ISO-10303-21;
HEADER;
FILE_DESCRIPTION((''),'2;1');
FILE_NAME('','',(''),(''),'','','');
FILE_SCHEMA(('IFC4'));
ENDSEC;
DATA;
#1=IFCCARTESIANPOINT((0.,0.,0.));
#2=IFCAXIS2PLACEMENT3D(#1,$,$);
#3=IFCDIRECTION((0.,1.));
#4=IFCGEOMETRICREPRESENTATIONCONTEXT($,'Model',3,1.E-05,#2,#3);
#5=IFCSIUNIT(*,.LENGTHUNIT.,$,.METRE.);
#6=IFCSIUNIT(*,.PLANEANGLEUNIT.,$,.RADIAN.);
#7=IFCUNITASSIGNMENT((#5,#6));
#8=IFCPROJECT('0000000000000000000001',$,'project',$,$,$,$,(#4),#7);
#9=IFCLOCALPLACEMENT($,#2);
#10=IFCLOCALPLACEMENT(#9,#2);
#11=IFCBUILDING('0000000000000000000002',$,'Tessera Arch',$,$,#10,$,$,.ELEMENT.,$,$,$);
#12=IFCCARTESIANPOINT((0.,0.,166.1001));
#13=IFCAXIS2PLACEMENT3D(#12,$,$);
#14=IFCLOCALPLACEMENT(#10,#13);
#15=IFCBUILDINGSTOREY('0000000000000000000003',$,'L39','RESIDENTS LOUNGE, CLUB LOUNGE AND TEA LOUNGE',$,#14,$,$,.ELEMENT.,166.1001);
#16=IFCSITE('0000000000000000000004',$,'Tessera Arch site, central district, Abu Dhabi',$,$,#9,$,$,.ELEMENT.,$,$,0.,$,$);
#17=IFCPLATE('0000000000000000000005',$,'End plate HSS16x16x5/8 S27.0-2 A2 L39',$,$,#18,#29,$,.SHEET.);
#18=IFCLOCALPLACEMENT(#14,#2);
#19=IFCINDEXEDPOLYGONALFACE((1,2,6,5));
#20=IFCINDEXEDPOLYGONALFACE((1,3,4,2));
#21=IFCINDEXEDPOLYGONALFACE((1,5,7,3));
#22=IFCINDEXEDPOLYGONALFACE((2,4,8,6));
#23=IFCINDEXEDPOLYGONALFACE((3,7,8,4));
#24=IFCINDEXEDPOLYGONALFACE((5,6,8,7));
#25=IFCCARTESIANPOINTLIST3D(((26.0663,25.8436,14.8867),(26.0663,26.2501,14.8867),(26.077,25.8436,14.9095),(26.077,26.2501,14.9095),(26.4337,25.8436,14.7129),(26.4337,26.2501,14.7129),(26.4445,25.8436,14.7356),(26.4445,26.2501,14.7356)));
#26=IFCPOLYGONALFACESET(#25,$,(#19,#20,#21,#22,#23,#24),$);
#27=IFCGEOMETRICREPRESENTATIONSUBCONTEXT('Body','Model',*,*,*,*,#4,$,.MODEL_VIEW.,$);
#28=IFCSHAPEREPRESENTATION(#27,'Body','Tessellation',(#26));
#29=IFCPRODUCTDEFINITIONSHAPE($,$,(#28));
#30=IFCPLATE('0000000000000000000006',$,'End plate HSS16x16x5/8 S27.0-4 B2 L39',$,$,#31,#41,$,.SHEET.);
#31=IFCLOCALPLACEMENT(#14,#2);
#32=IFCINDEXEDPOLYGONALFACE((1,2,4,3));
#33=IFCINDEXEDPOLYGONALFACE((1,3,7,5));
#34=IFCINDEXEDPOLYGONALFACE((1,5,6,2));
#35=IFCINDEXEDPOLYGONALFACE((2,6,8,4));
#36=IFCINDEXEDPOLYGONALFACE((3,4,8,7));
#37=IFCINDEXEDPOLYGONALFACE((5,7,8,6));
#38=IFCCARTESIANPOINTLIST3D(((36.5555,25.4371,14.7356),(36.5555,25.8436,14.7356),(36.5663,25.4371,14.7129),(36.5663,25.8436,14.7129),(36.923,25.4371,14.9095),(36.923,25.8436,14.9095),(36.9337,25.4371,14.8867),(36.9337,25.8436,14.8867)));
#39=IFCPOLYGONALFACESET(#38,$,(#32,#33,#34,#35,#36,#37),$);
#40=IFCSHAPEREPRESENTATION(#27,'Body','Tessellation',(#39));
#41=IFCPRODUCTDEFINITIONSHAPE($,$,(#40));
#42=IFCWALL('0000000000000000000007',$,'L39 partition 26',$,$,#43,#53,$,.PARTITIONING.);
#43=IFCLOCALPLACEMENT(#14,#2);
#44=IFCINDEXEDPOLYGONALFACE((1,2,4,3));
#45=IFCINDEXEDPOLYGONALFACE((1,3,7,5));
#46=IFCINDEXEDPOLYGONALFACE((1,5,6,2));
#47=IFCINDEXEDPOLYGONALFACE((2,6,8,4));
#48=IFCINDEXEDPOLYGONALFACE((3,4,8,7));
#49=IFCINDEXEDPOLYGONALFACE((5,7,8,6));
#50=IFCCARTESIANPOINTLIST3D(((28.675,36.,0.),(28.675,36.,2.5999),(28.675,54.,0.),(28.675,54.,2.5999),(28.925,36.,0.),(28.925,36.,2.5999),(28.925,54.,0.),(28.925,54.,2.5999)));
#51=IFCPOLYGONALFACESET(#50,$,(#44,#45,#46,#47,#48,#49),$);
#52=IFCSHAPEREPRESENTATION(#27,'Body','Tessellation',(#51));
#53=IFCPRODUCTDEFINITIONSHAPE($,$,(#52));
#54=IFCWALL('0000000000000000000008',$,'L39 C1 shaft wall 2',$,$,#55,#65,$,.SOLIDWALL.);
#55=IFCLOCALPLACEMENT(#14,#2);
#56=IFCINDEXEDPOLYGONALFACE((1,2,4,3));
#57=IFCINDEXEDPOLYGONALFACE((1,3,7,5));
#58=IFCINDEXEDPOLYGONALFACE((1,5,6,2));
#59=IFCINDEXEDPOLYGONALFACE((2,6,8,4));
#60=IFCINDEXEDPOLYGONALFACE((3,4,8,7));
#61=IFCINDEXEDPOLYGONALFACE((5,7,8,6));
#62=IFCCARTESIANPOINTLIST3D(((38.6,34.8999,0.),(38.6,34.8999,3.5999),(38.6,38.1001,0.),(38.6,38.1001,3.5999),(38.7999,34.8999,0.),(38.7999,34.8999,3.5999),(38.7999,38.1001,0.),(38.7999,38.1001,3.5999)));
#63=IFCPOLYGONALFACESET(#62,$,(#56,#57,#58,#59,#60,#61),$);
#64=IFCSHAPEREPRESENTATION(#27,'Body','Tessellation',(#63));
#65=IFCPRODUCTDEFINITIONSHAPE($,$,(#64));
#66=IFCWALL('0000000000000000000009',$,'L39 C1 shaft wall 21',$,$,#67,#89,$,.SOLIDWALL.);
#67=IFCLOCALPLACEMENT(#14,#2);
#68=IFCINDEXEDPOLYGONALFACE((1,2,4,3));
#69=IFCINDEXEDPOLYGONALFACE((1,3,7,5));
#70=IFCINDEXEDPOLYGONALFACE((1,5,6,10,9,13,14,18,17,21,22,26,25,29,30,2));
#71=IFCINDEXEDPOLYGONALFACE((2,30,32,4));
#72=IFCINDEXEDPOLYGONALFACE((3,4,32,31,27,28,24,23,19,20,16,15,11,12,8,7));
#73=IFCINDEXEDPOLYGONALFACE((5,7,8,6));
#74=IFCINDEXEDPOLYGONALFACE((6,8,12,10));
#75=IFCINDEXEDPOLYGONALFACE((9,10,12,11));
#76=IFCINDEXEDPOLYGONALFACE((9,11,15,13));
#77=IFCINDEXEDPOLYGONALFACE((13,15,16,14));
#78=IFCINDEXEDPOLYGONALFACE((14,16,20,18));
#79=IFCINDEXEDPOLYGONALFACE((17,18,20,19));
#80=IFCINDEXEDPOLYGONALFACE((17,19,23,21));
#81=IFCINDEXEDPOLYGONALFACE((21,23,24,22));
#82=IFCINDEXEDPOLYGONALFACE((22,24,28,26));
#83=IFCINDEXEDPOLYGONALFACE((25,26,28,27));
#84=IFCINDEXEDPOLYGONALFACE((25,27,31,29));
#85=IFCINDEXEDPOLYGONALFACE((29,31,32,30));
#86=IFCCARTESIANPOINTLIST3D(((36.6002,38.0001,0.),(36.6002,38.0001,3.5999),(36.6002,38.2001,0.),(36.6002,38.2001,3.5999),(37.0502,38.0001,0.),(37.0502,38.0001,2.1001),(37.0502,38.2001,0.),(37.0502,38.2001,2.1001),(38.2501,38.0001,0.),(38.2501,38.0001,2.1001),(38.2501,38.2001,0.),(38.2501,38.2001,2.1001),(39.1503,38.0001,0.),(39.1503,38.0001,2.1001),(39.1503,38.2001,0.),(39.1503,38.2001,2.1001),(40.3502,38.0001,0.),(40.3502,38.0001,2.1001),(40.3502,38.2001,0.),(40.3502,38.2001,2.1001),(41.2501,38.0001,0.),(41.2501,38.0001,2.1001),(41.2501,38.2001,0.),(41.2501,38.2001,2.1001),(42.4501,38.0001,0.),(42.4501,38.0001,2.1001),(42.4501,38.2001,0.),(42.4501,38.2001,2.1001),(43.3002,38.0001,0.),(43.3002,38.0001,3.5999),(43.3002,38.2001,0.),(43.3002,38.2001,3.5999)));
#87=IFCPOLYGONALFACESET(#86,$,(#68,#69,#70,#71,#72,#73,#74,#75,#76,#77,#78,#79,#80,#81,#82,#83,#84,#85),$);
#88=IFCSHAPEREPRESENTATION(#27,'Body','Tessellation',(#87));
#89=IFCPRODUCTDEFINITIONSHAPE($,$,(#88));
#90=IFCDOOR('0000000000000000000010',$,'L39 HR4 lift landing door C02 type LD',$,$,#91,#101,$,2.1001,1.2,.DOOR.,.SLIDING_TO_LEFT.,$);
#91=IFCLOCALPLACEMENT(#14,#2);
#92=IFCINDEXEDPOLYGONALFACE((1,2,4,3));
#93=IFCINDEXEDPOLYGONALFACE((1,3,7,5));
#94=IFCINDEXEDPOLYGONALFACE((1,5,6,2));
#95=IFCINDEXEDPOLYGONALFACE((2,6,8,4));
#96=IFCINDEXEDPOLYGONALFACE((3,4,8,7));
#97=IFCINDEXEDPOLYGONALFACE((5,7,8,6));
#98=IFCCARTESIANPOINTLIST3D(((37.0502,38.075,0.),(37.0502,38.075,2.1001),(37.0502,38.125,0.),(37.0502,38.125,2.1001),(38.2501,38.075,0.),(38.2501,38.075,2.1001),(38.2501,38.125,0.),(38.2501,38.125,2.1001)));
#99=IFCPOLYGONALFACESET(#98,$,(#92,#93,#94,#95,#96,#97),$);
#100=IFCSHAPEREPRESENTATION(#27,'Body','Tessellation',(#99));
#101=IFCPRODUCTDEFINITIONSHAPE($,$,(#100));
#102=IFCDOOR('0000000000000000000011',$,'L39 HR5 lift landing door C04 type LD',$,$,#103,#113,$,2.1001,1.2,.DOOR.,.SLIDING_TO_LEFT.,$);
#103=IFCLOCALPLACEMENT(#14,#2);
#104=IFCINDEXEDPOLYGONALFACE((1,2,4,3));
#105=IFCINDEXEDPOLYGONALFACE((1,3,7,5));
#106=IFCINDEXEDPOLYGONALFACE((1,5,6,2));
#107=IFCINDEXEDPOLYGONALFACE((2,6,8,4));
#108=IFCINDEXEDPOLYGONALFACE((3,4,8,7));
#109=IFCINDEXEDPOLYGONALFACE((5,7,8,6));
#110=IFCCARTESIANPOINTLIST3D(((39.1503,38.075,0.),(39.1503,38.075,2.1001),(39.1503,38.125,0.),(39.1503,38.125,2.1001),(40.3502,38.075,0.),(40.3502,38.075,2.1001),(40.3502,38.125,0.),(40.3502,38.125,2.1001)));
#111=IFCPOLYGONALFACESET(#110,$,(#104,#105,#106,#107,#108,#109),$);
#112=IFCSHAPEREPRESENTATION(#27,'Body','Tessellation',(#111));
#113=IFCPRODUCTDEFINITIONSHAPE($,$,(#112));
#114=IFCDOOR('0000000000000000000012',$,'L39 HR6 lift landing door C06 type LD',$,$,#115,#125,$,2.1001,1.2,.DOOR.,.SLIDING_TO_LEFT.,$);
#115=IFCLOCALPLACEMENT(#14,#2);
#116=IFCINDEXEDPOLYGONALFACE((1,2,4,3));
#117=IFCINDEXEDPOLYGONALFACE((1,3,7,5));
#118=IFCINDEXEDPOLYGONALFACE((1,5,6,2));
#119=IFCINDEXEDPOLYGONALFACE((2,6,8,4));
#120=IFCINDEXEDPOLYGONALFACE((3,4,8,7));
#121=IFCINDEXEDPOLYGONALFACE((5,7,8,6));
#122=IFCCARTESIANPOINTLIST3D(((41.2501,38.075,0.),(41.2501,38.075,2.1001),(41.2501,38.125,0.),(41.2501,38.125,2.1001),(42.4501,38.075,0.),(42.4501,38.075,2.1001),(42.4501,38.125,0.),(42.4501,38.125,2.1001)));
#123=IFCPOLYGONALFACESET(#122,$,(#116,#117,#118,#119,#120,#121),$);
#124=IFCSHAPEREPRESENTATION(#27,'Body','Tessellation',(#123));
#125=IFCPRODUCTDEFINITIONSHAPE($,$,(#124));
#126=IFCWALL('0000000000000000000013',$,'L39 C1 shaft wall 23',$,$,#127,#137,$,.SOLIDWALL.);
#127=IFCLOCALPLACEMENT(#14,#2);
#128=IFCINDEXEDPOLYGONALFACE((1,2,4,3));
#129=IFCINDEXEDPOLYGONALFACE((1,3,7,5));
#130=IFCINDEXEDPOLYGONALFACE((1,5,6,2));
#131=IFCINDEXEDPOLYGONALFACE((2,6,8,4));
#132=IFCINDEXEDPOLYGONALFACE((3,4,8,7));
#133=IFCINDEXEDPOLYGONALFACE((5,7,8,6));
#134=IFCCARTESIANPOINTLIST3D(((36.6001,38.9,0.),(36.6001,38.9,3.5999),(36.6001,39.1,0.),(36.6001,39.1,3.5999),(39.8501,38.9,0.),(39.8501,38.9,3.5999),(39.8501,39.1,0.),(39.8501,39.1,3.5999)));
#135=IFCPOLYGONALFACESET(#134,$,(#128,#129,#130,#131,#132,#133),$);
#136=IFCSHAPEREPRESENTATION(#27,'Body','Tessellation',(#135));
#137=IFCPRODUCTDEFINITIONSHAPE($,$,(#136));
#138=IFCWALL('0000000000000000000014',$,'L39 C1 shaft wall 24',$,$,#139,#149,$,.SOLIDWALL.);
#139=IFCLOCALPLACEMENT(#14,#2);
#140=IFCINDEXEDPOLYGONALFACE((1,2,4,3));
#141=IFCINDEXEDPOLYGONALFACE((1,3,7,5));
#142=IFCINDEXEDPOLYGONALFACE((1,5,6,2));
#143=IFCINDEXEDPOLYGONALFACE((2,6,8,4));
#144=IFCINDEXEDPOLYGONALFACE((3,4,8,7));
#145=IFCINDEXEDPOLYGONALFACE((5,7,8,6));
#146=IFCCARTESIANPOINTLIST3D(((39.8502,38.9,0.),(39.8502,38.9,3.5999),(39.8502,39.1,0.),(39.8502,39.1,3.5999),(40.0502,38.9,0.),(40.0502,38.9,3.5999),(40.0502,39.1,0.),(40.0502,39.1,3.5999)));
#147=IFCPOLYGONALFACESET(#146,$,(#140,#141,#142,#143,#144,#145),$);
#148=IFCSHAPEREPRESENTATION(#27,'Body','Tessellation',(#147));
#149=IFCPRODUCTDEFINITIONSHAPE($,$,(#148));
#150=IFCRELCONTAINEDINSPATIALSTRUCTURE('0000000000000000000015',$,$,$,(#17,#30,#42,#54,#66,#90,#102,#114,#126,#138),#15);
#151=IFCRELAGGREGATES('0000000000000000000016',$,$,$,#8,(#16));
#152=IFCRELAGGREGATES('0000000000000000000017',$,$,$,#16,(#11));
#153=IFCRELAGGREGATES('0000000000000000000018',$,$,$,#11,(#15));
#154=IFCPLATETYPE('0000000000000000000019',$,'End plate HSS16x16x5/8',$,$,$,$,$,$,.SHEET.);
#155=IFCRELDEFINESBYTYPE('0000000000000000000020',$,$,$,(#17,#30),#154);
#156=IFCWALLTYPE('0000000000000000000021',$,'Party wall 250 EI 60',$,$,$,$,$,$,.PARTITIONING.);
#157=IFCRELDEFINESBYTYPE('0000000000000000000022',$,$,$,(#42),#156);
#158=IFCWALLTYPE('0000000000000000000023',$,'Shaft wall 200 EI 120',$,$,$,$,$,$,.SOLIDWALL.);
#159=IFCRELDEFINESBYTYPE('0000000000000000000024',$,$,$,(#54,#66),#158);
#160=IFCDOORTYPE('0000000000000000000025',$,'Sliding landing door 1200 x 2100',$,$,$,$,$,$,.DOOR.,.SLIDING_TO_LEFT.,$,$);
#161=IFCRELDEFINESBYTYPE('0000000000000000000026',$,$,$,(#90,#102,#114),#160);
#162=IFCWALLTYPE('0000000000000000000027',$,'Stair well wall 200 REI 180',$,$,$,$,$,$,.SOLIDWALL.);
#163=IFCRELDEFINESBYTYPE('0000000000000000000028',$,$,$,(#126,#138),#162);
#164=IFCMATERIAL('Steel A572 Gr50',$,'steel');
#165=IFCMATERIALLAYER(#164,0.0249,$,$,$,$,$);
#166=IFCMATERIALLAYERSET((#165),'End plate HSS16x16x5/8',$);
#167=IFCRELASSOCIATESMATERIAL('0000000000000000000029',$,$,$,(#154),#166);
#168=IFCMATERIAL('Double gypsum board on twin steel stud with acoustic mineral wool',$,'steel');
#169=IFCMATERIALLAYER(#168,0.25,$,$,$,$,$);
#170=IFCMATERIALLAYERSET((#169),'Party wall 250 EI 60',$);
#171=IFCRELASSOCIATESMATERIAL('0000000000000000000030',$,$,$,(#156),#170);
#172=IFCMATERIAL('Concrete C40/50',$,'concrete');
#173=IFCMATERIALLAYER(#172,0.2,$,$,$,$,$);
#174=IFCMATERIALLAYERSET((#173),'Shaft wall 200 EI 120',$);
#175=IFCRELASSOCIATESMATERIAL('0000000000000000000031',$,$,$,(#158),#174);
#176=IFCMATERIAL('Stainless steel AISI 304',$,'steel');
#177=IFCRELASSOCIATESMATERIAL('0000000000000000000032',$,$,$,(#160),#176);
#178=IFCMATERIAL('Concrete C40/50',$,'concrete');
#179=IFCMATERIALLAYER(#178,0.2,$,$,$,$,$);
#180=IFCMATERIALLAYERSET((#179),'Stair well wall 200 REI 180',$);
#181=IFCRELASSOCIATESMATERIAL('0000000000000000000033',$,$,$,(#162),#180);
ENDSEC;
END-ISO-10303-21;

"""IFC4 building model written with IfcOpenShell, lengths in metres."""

from ifc_helpers import new_model, si_unit, direction, frame, frame_2d, origin, origin_2d, place, context, subcontext, project, spatial, rectangle, extrude, material, layer, layer_set, type_object, element, fill, save


model = new_model("IFC4")

# Units and contexts
model_context = context("Model", 3, precision=1e-05, world=origin(), true_north=direction((0.0, 1.0)))
body_context = subcontext(model_context, "Body", "Model", "MODEL_VIEW")
ifc_project = project(units=[si_unit("LENGTHUNIT", "METRE"), si_unit("PLANEANGLEUNIT", "RADIAN")], contexts=[model_context])

# Site, building, storey
site_placement = place(None, origin())
site = spatial("IfcSite", under=ifc_project, at=site_placement, Name="Tessera Arch site, central district, Abu Dhabi", CompositionType="ELEMENT", RefElevation=0.0)
building_placement = place(site_placement, origin())
building = spatial("IfcBuilding", under=site, at=building_placement, Name="Tessera Arch", CompositionType="ELEMENT")
storey_placement = place(building_placement, frame((0.0, 0.0, 166.1001)))
storey = spatial("IfcBuildingStorey", under=building, at=storey_placement, Name="L39", Description="RESIDENTS LOUNGE, CLUB LOUNGE AND TEA LOUNGE", CompositionType="ELEMENT", Elevation=166.1001)

# Plates
ifc_material_1 = material(Name="Steel A572 Gr50", Category="steel")
ifc_layer_1 = layer(ifc_material_1, 0.0249)
ifc_layer_set_1 = layer_set([ifc_layer_1], Name="End plate HSS16x16x5/8")
plate_type_1 = type_object("IfcPlateType", Name="End plate HSS16x16x5/8", PredefinedType="SHEET", material=ifc_layer_set_1)
for number, where, z_axis, x_axis, name in (
    (1, (26.25, 26.0469, 14.7998), (0.427668, 0.0, 0.903936), (0.0, 1.0, 0.0), "End plate HSS16x16x5/8 S27.0-2 A2 L39"),
    (2, (36.75, 25.6404, 14.7998), (-0.427668, 0.0, 0.903936), (0.0, -1.0, 0.0), "End plate HSS16x16x5/8 S27.0-4 B2 L39"),
):
    element("IfcPlate", number, at=place(storey_placement, frame(where, z_axis=z_axis, x_axis=x_axis)), inside=storey, type_object=plate_type_1, Name=name, PredefinedType="SHEET", context=body_context, shape_type="SweptSolid", body=[
        extrude(rectangle(XDim=0.4065, YDim=0.4065, at=origin_2d()), origin(), (0.0, 0.0, 1.0), 0.0251),
    ])

# Walls
ifc_material_2 = material(Name="Double gypsum board on twin steel stud with acoustic mineral wool", Category="steel")
ifc_layer_2 = layer(ifc_material_2, 0.25)
ifc_layer_set_2 = layer_set([ifc_layer_2], Name="Party wall 250 EI 60")
wall_type_1 = type_object("IfcWallType", Name="Party wall 250 EI 60", PredefinedType="PARTITIONING", material=ifc_layer_set_2)
wall_1_placement = place(storey_placement, frame((28.8, 36.0, 0.0), z_axis=(0.0, 0.0, 1.0), x_axis=(0.0, 1.0, 0.0)))
element("IfcWall", 3, at=wall_1_placement, inside=storey, type_object=wall_type_1, Name="L39 partition 26", PredefinedType="PARTITIONING", context=body_context, shape_type="SweptSolid", body=[
    extrude(rectangle(XDim=18.0, YDim=0.25, at=frame_2d((9.0, 0.0))), origin(), (0.0, 0.0, 1.0), 2.5999),
])
ifc_material_3 = material(Name="Concrete C40/50", Category="concrete")
ifc_layer_3 = layer(ifc_material_3, 0.2)
ifc_layer_set_3 = layer_set([ifc_layer_3], Name="Shaft wall 200 EI 120")
wall_type_2 = type_object("IfcWallType", Name="Shaft wall 200 EI 120", PredefinedType="SOLIDWALL", material=ifc_layer_set_3)
wall_2_placement = place(storey_placement, frame((38.7, 34.8999, 0.0), z_axis=(0.0, 0.0, 1.0), x_axis=(0.0, 1.0, 0.0)))
element("IfcWall", 4, at=wall_2_placement, inside=storey, type_object=wall_type_2, Name="L39 C1 shaft wall 2", PredefinedType="SOLIDWALL", context=body_context, shape_type="SweptSolid", body=[
    extrude(rectangle(XDim=3.2002, YDim=0.2, at=frame_2d((1.6001, 0.0))), origin(), (0.0, 0.0, 1.0), 3.5999),
])

# Wall, openings, doors
wall_3_placement = place(storey_placement, frame((36.6001, 38.1001, 0.0), z_axis=(0.0, 0.0, 1.0), x_axis=(1.0, 0.0, 0.0)))
wall_3 = element("IfcWall", 5, at=wall_3_placement, inside=storey, type_object=wall_type_2, Name="L39 C1 shaft wall 21", PredefinedType="SOLIDWALL", context=body_context, shape_type="SweptSolid", body=[
    extrude(rectangle(XDim=6.7, YDim=0.2, at=frame_2d((3.3501, 0.0))), origin(), (0.0, 0.0, 1.0), 3.5999),
])
opening_1_placement = place(wall_3_placement, frame((0.45, 0.0, 0.0)))
opening_1 = element("IfcOpeningElement", 6, at=opening_1_placement, cuts=wall_3, PredefinedType="OPENING", context=body_context, shape_type="SweptSolid", body=[
    extrude(rectangle(XDim=1.2, YDim=2.1001, at=frame_2d((0.6001, 1.05))), frame((0.0, 0.1099, 0.0), z_axis=(0.0, -1.0, 0.0), x_axis=(1.0, 0.0, 0.0)), (0.0, 0.0, 1.0), 0.22),
])
opening_2_placement = place(wall_3_placement, frame((2.55, 0.0, 0.0)))
opening_2 = element("IfcOpeningElement", 7, at=opening_2_placement, cuts=wall_3, PredefinedType="OPENING", context=body_context, shape_type="SweptSolid", body=[
    extrude(rectangle(XDim=1.2, YDim=2.1001, at=frame_2d((0.6001, 1.05))), frame((0.0, 0.1099, 0.0), z_axis=(0.0, -1.0, 0.0), x_axis=(1.0, 0.0, 0.0)), (0.0, 0.0, 1.0), 0.22),
])
opening_3_placement = place(wall_3_placement, frame((4.6499, 0.0, 0.0)))
opening_3 = element("IfcOpeningElement", 8, at=opening_3_placement, cuts=wall_3, PredefinedType="OPENING", context=body_context, shape_type="SweptSolid", body=[
    extrude(rectangle(XDim=1.2, YDim=2.1001, at=frame_2d((0.6001, 1.05))), frame((0.0, 0.1099, 0.0), z_axis=(0.0, -1.0, 0.0), x_axis=(1.0, 0.0, 0.0)), (0.0, 0.0, 1.0), 0.22),
])
ifc_material_4 = material(Name="Stainless steel AISI 304", Category="steel")
door_type = type_object("IfcDoorType", Name="Sliding landing door 1200 x 2100", OperationType="SLIDING_TO_LEFT", PredefinedType="DOOR", material=ifc_material_4)
door_1_placement = place(opening_1_placement, origin())
door_1 = element("IfcDoor", 9, at=door_1_placement, inside=storey, type_object=door_type, Name="L39 HR4 lift landing door C02 type LD", OperationType="SLIDING_TO_LEFT", OverallHeight=2.1001, OverallWidth=1.2, PredefinedType="DOOR", context=body_context, shape_type="SweptSolid", body=[
    extrude(rectangle(XDim=1.2, YDim=2.1001, at=frame_2d((0.6001, 1.05))), frame((0.0, 0.0249, 0.0), z_axis=(0.0, -1.0, 0.0), x_axis=(1.0, 0.0, 0.0)), (0.0, 0.0, 1.0), 0.05),
])
fill(opening_1, door_1)
door_2_placement = place(opening_2_placement, origin())
door_2 = element("IfcDoor", 10, at=door_2_placement, inside=storey, type_object=door_type, Name="L39 HR5 lift landing door C04 type LD", OperationType="SLIDING_TO_LEFT", OverallHeight=2.1001, OverallWidth=1.2, PredefinedType="DOOR", context=body_context, shape_type="SweptSolid", body=[
    extrude(rectangle(XDim=1.2, YDim=2.1001, at=frame_2d((0.6001, 1.05))), frame((0.0, 0.0249, 0.0), z_axis=(0.0, -1.0, 0.0), x_axis=(1.0, 0.0, 0.0)), (0.0, 0.0, 1.0), 0.05),
])
fill(opening_2, door_2)
door_3_placement = place(opening_3_placement, origin())
door_3 = element("IfcDoor", 11, at=door_3_placement, inside=storey, type_object=door_type, Name="L39 HR6 lift landing door C06 type LD", OperationType="SLIDING_TO_LEFT", OverallHeight=2.1001, OverallWidth=1.2, PredefinedType="DOOR", context=body_context, shape_type="SweptSolid", body=[
    extrude(rectangle(XDim=1.2, YDim=2.1001, at=frame_2d((0.6001, 1.05))), frame((0.0, 0.0249, 0.0), z_axis=(0.0, -1.0, 0.0), x_axis=(1.0, 0.0, 0.0)), (0.0, 0.0, 1.0), 0.05),
])
fill(opening_3, door_3)

# Walls
ifc_material_5 = material(Name="Concrete C40/50", Category="concrete")
ifc_layer_4 = layer(ifc_material_5, 0.2)
ifc_layer_set_4 = layer_set([ifc_layer_4], Name="Stair well wall 200 REI 180")
wall_type_3 = type_object("IfcWallType", Name="Stair well wall 200 REI 180", PredefinedType="SOLIDWALL", material=ifc_layer_set_4)
wall_4_placement = place(storey_placement, frame((36.6001, 39.0, 0.0), z_axis=(0.0, 0.0, 1.0), x_axis=(1.0, 0.0, 0.0)))
element("IfcWall", 12, at=wall_4_placement, inside=storey, type_object=wall_type_3, Name="L39 C1 shaft wall 23", PredefinedType="SOLIDWALL", context=body_context, shape_type="SweptSolid", body=[
    extrude(rectangle(XDim=3.25, YDim=0.2, at=frame_2d((1.625, 0.0))), origin(), (0.0, 0.0, 1.0), 3.5999),
])
wall_5_placement = place(storey_placement, frame((39.8501, 39.0, 0.0), z_axis=(0.0, 0.0, 1.0), x_axis=(1.0, 0.0, 0.0)))
element("IfcWall", 13, at=wall_5_placement, inside=storey, type_object=wall_type_3, Name="L39 C1 shaft wall 24", PredefinedType="SOLIDWALL", context=body_context, shape_type="SweptSolid", body=[
    extrude(rectangle(XDim=0.2, YDim=0.2, at=frame_2d((0.1001, 0.0))), origin(), (0.0, 0.0, 1.0), 3.5999),
])

save(model, "model.ifc")
